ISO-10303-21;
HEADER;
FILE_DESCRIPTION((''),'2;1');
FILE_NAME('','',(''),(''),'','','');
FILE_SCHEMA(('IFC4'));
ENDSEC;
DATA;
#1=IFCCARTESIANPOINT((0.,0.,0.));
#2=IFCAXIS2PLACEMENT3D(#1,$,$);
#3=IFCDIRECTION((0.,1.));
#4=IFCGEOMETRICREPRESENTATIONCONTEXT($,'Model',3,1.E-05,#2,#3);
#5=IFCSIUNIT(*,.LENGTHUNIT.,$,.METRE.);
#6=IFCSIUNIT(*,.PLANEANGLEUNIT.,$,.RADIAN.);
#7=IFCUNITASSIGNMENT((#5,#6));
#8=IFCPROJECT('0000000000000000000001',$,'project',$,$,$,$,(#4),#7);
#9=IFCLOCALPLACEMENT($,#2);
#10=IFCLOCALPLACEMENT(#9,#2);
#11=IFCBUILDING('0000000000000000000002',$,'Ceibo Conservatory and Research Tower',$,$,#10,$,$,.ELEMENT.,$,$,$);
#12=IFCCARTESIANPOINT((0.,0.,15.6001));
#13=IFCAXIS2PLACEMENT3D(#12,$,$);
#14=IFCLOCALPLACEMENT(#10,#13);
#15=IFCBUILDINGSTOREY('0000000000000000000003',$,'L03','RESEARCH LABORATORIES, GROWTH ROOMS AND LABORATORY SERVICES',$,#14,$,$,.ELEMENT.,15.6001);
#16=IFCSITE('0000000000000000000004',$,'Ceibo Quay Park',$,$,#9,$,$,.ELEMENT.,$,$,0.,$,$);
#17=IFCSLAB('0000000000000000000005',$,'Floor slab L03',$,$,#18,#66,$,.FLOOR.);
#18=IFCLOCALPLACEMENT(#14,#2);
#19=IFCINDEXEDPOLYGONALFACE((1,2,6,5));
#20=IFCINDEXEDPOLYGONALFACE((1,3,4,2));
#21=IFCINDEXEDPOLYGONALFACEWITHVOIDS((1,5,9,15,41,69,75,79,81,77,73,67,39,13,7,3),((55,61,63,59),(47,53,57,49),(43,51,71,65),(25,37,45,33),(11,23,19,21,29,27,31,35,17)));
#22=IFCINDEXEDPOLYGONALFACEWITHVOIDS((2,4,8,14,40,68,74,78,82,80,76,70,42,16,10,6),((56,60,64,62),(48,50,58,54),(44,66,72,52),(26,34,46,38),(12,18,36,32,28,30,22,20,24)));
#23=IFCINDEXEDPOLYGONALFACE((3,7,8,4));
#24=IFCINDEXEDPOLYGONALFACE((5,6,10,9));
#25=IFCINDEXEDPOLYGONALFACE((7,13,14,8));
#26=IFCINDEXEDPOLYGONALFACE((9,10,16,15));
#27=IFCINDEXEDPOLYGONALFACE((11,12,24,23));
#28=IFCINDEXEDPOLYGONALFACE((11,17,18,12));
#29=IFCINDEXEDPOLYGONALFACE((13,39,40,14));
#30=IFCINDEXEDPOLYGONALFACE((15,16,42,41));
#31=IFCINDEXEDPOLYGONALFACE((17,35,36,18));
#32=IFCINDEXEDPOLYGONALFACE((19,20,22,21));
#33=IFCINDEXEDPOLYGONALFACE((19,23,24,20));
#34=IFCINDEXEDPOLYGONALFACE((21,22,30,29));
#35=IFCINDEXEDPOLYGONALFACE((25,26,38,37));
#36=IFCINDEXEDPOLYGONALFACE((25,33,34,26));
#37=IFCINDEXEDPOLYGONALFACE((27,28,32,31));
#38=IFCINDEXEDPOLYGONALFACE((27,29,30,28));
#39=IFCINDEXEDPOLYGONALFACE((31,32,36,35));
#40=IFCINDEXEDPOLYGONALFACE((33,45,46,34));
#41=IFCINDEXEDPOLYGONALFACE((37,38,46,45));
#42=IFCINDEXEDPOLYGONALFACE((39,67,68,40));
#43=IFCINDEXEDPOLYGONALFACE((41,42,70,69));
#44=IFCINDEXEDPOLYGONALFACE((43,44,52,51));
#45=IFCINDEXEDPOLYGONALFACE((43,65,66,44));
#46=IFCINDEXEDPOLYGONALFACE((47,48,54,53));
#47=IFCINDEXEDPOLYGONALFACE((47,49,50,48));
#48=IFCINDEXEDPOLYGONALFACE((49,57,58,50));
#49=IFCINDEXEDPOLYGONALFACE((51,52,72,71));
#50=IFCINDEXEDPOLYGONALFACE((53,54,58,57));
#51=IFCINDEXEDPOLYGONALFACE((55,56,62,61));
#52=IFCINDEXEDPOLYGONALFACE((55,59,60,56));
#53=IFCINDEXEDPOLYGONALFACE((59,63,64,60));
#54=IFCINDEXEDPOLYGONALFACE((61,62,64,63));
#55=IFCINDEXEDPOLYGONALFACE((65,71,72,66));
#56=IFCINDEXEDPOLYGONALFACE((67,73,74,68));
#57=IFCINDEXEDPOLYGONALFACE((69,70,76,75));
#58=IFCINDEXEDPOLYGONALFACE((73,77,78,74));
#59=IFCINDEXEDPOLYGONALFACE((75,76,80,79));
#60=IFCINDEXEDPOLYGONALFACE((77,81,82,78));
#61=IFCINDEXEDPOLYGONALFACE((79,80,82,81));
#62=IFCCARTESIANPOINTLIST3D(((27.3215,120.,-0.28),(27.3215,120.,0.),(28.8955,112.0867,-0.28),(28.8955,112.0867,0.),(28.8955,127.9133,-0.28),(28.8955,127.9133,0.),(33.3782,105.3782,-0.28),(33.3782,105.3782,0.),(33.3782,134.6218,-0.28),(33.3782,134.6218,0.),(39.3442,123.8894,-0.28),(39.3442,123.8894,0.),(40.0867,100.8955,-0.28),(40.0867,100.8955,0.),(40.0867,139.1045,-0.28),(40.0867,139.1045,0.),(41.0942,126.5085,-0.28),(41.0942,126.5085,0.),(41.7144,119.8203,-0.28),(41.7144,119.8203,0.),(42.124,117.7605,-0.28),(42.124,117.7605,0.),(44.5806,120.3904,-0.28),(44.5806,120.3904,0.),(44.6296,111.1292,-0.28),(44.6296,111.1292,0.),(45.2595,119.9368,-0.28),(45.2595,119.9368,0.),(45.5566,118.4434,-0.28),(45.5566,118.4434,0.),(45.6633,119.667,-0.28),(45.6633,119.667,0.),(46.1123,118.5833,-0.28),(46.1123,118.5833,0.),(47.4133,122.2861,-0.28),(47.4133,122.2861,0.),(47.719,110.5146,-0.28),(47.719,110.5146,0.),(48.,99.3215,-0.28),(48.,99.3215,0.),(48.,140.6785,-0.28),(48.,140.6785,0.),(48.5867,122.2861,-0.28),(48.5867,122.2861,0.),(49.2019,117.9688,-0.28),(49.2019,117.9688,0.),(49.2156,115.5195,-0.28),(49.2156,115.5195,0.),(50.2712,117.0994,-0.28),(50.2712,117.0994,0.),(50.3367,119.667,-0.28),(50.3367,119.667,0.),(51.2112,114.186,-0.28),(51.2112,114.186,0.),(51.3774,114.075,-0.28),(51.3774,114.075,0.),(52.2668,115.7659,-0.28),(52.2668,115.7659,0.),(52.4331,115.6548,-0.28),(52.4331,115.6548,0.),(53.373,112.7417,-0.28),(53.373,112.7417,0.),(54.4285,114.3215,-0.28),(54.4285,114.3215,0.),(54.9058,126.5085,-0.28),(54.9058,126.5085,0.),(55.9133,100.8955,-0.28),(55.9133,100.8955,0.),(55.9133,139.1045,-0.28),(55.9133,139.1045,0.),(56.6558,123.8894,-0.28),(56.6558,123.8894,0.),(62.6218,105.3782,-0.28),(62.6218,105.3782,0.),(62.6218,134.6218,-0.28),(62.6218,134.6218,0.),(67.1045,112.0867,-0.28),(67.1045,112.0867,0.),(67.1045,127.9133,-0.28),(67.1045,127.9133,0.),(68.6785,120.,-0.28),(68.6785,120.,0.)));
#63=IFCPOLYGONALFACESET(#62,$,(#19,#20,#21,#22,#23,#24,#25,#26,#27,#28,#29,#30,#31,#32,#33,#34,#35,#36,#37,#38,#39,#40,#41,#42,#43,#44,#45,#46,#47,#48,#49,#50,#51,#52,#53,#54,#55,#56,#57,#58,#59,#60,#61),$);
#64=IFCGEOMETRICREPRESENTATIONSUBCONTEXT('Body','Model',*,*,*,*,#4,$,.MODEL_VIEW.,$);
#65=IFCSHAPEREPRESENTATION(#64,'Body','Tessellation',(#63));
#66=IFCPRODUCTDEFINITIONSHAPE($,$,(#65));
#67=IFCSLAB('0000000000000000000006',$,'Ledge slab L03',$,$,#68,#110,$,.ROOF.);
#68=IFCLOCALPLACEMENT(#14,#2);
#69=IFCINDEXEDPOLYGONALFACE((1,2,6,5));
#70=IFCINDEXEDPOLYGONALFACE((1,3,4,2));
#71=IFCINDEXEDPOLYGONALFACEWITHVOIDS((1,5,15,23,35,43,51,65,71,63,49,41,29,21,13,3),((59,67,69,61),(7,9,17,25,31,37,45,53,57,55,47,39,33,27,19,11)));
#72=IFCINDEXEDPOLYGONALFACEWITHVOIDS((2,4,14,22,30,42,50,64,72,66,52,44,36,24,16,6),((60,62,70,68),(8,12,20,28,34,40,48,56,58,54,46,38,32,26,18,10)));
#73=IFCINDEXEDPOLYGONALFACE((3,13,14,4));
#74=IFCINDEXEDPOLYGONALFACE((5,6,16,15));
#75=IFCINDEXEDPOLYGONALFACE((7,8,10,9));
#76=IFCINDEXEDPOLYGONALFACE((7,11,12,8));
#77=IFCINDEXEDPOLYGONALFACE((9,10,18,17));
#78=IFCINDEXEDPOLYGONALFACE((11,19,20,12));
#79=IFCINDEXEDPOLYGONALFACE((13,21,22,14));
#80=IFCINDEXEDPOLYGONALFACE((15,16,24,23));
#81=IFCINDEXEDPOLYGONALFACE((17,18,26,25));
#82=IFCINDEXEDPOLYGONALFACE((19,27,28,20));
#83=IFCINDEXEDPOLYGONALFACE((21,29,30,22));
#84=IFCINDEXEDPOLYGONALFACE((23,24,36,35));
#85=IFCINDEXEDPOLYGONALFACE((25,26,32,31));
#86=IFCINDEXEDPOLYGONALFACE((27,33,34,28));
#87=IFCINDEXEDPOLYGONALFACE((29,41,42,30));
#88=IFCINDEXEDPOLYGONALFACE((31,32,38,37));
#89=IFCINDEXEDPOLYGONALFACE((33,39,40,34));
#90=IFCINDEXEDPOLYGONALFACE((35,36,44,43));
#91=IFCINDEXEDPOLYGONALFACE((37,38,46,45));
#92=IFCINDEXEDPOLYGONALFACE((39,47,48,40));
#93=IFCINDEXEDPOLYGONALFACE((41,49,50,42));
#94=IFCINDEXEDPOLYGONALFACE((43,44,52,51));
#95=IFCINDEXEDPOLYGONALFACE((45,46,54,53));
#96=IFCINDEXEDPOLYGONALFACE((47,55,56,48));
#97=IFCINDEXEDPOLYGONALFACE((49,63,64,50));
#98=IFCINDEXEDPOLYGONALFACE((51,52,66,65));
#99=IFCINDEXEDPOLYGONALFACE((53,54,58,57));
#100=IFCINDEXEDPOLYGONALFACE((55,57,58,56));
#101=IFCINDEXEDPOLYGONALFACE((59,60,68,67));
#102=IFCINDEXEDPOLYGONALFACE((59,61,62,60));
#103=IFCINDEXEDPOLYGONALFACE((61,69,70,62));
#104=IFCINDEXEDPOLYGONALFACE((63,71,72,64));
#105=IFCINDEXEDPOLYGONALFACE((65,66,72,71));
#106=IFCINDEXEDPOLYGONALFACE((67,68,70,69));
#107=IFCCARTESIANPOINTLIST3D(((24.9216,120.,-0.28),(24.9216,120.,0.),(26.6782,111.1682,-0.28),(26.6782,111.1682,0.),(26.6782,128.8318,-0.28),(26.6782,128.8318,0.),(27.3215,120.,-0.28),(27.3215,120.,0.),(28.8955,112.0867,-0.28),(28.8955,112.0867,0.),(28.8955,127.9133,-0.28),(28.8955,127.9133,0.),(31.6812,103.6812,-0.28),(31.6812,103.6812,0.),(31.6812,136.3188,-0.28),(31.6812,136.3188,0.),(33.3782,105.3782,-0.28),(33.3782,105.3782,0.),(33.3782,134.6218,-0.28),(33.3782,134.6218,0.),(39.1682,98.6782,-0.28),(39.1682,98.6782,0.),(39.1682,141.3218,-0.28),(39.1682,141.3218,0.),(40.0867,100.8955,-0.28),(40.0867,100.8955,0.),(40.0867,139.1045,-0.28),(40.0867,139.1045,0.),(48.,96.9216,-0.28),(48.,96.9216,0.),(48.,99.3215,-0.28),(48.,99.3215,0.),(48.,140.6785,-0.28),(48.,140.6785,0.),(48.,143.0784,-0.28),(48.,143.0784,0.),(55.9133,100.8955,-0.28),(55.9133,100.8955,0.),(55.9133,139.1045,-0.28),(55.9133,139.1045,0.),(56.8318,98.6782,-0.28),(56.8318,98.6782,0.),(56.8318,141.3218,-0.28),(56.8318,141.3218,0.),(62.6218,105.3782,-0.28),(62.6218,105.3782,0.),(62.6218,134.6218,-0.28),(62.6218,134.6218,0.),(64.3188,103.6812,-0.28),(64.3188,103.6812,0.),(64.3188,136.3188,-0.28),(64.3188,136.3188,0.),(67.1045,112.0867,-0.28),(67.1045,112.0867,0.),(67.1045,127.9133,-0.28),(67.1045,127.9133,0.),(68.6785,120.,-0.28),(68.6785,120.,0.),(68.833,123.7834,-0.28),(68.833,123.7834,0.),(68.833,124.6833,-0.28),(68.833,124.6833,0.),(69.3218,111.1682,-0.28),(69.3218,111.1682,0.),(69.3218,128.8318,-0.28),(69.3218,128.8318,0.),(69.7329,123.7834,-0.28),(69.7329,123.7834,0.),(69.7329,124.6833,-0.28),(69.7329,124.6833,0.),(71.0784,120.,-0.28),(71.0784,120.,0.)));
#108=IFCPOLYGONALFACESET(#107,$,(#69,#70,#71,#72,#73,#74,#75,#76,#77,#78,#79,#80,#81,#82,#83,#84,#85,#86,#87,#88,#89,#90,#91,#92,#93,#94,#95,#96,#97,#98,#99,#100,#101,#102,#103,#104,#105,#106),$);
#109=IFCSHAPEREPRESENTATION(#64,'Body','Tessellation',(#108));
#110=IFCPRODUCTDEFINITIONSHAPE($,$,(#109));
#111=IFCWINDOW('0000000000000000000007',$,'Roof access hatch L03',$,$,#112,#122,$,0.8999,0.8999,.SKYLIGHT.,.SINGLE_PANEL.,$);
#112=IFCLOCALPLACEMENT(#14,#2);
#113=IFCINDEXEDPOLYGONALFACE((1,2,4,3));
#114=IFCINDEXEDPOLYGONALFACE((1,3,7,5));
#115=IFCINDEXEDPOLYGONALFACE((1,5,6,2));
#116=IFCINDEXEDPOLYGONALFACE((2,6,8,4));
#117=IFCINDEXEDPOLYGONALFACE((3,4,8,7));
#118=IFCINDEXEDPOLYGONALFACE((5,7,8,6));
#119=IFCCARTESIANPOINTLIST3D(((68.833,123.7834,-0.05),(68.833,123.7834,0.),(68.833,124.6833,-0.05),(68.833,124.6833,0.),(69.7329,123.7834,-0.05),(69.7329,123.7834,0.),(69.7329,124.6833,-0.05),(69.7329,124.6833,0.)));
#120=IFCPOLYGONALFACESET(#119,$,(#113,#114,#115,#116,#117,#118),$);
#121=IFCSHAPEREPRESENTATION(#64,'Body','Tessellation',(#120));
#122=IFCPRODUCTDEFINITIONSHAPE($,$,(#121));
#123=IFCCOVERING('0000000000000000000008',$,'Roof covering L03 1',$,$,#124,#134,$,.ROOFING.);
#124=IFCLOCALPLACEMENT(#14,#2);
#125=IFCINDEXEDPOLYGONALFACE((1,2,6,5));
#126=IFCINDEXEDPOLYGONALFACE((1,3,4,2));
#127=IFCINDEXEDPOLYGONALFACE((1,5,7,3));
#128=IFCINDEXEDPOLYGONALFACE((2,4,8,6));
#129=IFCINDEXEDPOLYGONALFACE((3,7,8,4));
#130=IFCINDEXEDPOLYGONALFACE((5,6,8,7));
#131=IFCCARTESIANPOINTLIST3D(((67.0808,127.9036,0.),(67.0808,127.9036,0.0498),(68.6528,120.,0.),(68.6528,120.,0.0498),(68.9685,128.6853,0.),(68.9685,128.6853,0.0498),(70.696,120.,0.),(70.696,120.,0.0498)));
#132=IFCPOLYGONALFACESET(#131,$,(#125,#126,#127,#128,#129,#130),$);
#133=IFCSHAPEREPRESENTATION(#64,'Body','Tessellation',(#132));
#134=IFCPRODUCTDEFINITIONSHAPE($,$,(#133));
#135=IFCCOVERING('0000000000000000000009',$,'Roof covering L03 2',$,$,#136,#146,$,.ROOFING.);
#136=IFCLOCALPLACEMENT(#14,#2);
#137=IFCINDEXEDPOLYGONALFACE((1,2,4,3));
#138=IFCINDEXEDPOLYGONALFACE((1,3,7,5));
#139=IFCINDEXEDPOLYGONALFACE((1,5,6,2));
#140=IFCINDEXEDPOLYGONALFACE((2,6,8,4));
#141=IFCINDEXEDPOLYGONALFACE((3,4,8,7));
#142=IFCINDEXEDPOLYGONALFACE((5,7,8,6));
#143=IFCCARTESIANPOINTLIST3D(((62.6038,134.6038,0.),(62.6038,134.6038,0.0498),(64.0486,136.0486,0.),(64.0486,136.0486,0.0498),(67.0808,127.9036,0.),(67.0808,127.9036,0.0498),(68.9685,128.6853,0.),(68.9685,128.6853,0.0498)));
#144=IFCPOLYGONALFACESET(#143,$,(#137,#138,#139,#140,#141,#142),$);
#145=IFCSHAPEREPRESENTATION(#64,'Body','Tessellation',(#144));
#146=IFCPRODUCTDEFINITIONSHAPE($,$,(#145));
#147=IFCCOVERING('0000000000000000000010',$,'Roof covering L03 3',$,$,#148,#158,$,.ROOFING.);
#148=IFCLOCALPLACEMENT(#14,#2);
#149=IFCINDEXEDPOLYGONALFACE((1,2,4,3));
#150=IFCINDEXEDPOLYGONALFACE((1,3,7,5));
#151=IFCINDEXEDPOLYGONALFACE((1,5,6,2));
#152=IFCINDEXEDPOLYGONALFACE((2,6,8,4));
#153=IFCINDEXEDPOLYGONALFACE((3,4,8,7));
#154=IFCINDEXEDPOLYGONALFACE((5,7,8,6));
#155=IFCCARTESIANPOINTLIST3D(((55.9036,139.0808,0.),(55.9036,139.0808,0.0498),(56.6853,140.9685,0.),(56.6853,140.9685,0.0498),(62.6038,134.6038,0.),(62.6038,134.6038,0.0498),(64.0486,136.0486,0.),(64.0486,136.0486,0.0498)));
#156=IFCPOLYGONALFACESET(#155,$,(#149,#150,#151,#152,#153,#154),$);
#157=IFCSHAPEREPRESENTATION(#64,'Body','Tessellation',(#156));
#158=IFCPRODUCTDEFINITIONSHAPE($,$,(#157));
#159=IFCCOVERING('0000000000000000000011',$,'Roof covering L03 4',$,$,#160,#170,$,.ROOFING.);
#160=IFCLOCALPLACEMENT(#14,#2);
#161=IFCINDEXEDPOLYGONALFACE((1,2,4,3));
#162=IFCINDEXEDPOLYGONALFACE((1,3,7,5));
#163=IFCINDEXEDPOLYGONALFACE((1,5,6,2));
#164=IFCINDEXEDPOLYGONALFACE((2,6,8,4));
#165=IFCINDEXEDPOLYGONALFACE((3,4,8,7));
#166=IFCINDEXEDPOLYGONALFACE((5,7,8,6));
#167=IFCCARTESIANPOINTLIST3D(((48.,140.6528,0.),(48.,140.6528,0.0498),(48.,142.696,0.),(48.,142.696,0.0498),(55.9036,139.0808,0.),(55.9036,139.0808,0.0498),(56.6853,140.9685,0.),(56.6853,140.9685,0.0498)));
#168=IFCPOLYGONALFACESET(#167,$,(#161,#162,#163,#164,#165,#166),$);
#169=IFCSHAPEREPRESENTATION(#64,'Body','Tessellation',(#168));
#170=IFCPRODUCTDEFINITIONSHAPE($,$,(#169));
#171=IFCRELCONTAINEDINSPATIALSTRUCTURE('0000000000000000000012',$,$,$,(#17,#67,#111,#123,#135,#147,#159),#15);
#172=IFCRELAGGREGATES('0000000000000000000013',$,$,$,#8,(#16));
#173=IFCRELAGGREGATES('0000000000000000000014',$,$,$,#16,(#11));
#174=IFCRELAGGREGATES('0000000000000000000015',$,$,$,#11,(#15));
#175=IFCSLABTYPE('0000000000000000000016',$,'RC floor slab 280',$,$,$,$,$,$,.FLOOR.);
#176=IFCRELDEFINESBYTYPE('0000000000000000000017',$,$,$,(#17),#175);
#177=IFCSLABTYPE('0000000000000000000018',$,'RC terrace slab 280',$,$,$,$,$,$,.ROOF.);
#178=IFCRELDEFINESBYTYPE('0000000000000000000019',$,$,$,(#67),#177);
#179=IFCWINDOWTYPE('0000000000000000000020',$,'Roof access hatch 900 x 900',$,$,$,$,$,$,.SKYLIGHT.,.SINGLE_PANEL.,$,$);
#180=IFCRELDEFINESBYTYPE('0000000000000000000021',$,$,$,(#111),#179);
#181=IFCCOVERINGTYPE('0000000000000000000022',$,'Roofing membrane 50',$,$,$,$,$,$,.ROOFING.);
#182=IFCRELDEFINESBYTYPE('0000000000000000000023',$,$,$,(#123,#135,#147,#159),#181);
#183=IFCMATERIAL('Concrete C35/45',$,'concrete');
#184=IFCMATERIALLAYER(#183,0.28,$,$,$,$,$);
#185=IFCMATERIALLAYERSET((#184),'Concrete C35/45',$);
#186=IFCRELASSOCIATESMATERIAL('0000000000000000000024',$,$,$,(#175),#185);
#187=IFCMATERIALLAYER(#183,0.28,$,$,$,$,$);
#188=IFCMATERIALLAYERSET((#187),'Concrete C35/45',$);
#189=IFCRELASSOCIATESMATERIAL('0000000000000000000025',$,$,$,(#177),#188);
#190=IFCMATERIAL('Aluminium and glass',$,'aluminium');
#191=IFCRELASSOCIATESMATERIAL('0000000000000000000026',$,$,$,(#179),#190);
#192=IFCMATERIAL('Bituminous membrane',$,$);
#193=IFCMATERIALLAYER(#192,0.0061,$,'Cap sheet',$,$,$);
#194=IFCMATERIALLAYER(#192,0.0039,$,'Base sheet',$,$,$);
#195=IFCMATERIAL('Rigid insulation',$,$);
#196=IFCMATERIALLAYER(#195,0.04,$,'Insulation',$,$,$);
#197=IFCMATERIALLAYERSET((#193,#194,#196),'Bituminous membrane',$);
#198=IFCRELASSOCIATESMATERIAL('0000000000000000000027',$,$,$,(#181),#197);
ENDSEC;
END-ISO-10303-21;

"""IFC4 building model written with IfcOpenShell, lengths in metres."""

from ifc_helpers import new_model, si_unit, direction, frame, origin, origin_2d, place, context, subcontext, project, spatial, polyline, rectangle, outline, extrude, material, layer, layer_set, type_object, element, fill, save


model = new_model("IFC4")

# Units and contexts
model_context = context("Model", 3, precision=1e-05, world=origin(), true_north=direction((0.0, 1.0)))
body_context = subcontext(model_context, "Body", "Model", "MODEL_VIEW")
ifc_project = project(units=[si_unit("LENGTHUNIT", "METRE"), si_unit("PLANEANGLEUNIT", "RADIAN")], contexts=[model_context])

# Site, building, storey
site_placement = place(None, origin())
site = spatial("IfcSite", under=ifc_project, at=site_placement, Name="Ceibo Quay Park", CompositionType="ELEMENT", RefElevation=0.0)
building_placement = place(site_placement, origin())
building = spatial("IfcBuilding", under=site, at=building_placement, Name="Ceibo Conservatory and Research Tower", CompositionType="ELEMENT")
storey_placement = place(building_placement, frame((0.0, 0.0, 15.6001)))
storey = spatial("IfcBuildingStorey", under=building, at=storey_placement, Name="L03", Description="RESEARCH LABORATORIES, GROWTH ROOMS AND LABORATORY SERVICES", CompositionType="ELEMENT", Elevation=15.6001)

# Shared definitions
ifc_material_1 = material(Name="Concrete C35/45", Category="concrete")

# Slab
ifc_layer_1 = layer(ifc_material_1, 0.28)
ifc_layer_set_1 = layer_set([ifc_layer_1], Name="Concrete C35/45")
slab_type_1 = type_object("IfcSlabType", Name="RC floor slab 280", PredefinedType="FLOOR", material=ifc_layer_set_1)
slab_1_placement = place(storey_placement, frame((0.0, 0.0, -0.28)))
element("IfcSlab", 1, at=slab_1_placement, inside=storey, type_object=slab_type_1, Name="Floor slab L03", PredefinedType="FLOOR", context=body_context, shape_type="SweptSolid", body=[
    extrude(outline(polyline([(68.6785, 120.0), (67.1045, 127.9133), (62.6218, 134.6218), (55.9133, 139.1045), (48.0, 140.6785), (40.0867, 139.1045), (33.3782, 134.6218), (28.8955, 127.9133), (27.3215, 120.0), (28.8955, 112.0867), (33.3782, 105.3782), (40.0867, 100.8955), (48.0, 99.3215), (55.9133, 100.8955), (62.6218, 105.3782), (67.1045, 112.0867), (68.6785, 120.0)]), holes=[polyline([(52.4331, 115.6548), (51.3774, 114.075), (53.373, 112.7417), (54.4285, 114.3215), (52.4331, 115.6548)]), polyline([(47.719, 110.5146), (49.2019, 117.9688), (46.1123, 118.5833), (44.6296, 111.1292), (47.719, 110.5146)]), polyline([(52.2668, 115.7659), (50.2712, 117.0994), (49.2156, 115.5195), (51.2112, 114.186), (52.2668, 115.7659)]), polyline([(42.124, 117.7605), (45.5566, 118.4434), (45.2595, 119.9368), (45.6633, 119.667), (47.4133, 122.2861), (41.0942, 126.5085), (39.3442, 123.8894), (44.5806, 120.3904), (41.7144, 119.8203), (42.124, 117.7605)]), polyline([(54.9058, 126.5085), (48.5867, 122.2861), (50.3367, 119.667), (56.6558, 123.8894), (54.9058, 126.5085)])]), origin(), (0.0, 0.0, 1.0), 0.28),
])

# Slab, opening, window
ifc_layer_2 = layer(ifc_material_1, 0.28)
ifc_layer_set_2 = layer_set([ifc_layer_2], Name="Concrete C35/45")
slab_type_2 = type_object("IfcSlabType", Name="RC terrace slab 280", PredefinedType="ROOF", material=ifc_layer_set_2)
slab_2_placement = place(storey_placement, frame((0.0, 0.0, -0.28)))
slab_2 = element("IfcSlab", 2, at=slab_2_placement, inside=storey, type_object=slab_type_2, Name="Ledge slab L03", PredefinedType="ROOF", context=body_context, shape_type="SweptSolid", body=[
    extrude(outline(polyline([(71.0784, 120.0), (69.3218, 128.8318), (64.3188, 136.3188), (56.8318, 141.3218), (48.0, 143.0784), (39.1682, 141.3218), (31.6812, 136.3188), (26.6782, 128.8318), (24.9216, 120.0), (26.6782, 111.1682), (31.6812, 103.6812), (39.1682, 98.6782), (48.0, 96.9216), (56.8318, 98.6782), (64.3188, 103.6812), (69.3218, 111.1682), (71.0784, 120.0)]), holes=[polyline([(68.6785, 120.0), (67.1045, 127.9133), (62.6218, 134.6218), (55.9133, 139.1045), (48.0, 140.6785), (40.0867, 139.1045), (33.3782, 134.6218), (28.8955, 127.9133), (27.3215, 120.0), (28.8955, 112.0867), (33.3782, 105.3782), (40.0867, 100.8955), (48.0, 99.3215), (55.9133, 100.8955), (62.6218, 105.3782), (67.1045, 112.0867), (68.6785, 120.0)])]), origin(), (0.0, 0.0, 1.0), 0.28),
])
opening_placement = place(slab_2_placement, frame((69.283, 124.2334, 0.0)))
opening = element("IfcOpeningElement", 3, at=opening_placement, cuts=slab_2, PredefinedType="OPENING", context=body_context, shape_type="SweptSolid", body=[
    extrude(rectangle(XDim=0.8999, YDim=0.8999, at=origin_2d()), origin(), (0.0, 0.0, 1.0), 0.28),
])
ifc_material_2 = material(Name="Aluminium and glass", Category="aluminium")
window_type = type_object("IfcWindowType", Name="Roof access hatch 900 x 900", PartitioningType="SINGLE_PANEL", PredefinedType="SKYLIGHT", material=ifc_material_2)
window_placement = place(opening_placement, frame((0.0, 0.0, 0.23)))
window = element("IfcWindow", 4, at=window_placement, inside=storey, type_object=window_type, Name="Roof access hatch L03", OverallHeight=0.8999, OverallWidth=0.8999, PartitioningType="SINGLE_PANEL", PredefinedType="SKYLIGHT", context=body_context, shape_type="SweptSolid", body=[
    extrude(rectangle(XDim=0.8999, YDim=0.8999, at=origin_2d()), origin(), (0.0, 0.0, 1.0), 0.05),
])
fill(opening, window)

# Coverings
ifc_material_3 = material(Name="Bituminous membrane")
ifc_layer_3 = layer(ifc_material_3, 0.0061, Name="Cap sheet")
ifc_layer_4 = layer(ifc_material_3, 0.0039, Name="Base sheet")
ifc_material_4 = material(Name="Rigid insulation")
ifc_layer_5 = layer(ifc_material_4, 0.04, Name="Insulation")
ifc_layer_set_3 = layer_set([ifc_layer_3, ifc_layer_4, ifc_layer_5], Name="Bituminous membrane")
covering_type = type_object("IfcCoveringType", Name="Roofing membrane 50", PredefinedType="ROOFING", material=ifc_layer_set_3)
covering_1_placement = place(storey_placement, origin())
element("IfcCovering", 5, at=covering_1_placement, inside=storey, type_object=covering_type, Name="Roof covering L03 1", PredefinedType="ROOFING", context=body_context, shape_type="SweptSolid", body=[
    extrude(outline(polyline([(70.696, 120.0), (68.9685, 128.6853), (67.0808, 127.9036), (68.6528, 120.0), (70.696, 120.0)])), origin(), (0.0, 0.0, 1.0), 0.0498),
])
covering_2_placement = place(storey_placement, origin())
element("IfcCovering", 6, at=covering_2_placement, inside=storey, type_object=covering_type, Name="Roof covering L03 2", PredefinedType="ROOFING", context=body_context, shape_type="SweptSolid", body=[
    extrude(outline(polyline([(68.9685, 128.6853), (64.0486, 136.0486), (62.6038, 134.6038), (67.0808, 127.9036), (68.9685, 128.6853)])), origin(), (0.0, 0.0, 1.0), 0.0498),
])
covering_3_placement = place(storey_placement, origin())
element("IfcCovering", 7, at=covering_3_placement, inside=storey, type_object=covering_type, Name="Roof covering L03 3", PredefinedType="ROOFING", context=body_context, shape_type="SweptSolid", body=[
    extrude(outline(polyline([(64.0486, 136.0486), (56.6853, 140.9685), (55.9036, 139.0808), (62.6038, 134.6038), (64.0486, 136.0486)])), origin(), (0.0, 0.0, 1.0), 0.0498),
])
covering_4_placement = place(storey_placement, origin())
element("IfcCovering", 8, at=covering_4_placement, inside=storey, type_object=covering_type, Name="Roof covering L03 4", PredefinedType="ROOFING", context=body_context, shape_type="SweptSolid", body=[
    extrude(outline(polyline([(56.6853, 140.9685), (48.0, 142.696), (48.0, 140.6528), (55.9036, 139.0808), (56.6853, 140.9685)])), origin(), (0.0, 0.0, 1.0), 0.0498),
])

save(model, "model.ifc")
